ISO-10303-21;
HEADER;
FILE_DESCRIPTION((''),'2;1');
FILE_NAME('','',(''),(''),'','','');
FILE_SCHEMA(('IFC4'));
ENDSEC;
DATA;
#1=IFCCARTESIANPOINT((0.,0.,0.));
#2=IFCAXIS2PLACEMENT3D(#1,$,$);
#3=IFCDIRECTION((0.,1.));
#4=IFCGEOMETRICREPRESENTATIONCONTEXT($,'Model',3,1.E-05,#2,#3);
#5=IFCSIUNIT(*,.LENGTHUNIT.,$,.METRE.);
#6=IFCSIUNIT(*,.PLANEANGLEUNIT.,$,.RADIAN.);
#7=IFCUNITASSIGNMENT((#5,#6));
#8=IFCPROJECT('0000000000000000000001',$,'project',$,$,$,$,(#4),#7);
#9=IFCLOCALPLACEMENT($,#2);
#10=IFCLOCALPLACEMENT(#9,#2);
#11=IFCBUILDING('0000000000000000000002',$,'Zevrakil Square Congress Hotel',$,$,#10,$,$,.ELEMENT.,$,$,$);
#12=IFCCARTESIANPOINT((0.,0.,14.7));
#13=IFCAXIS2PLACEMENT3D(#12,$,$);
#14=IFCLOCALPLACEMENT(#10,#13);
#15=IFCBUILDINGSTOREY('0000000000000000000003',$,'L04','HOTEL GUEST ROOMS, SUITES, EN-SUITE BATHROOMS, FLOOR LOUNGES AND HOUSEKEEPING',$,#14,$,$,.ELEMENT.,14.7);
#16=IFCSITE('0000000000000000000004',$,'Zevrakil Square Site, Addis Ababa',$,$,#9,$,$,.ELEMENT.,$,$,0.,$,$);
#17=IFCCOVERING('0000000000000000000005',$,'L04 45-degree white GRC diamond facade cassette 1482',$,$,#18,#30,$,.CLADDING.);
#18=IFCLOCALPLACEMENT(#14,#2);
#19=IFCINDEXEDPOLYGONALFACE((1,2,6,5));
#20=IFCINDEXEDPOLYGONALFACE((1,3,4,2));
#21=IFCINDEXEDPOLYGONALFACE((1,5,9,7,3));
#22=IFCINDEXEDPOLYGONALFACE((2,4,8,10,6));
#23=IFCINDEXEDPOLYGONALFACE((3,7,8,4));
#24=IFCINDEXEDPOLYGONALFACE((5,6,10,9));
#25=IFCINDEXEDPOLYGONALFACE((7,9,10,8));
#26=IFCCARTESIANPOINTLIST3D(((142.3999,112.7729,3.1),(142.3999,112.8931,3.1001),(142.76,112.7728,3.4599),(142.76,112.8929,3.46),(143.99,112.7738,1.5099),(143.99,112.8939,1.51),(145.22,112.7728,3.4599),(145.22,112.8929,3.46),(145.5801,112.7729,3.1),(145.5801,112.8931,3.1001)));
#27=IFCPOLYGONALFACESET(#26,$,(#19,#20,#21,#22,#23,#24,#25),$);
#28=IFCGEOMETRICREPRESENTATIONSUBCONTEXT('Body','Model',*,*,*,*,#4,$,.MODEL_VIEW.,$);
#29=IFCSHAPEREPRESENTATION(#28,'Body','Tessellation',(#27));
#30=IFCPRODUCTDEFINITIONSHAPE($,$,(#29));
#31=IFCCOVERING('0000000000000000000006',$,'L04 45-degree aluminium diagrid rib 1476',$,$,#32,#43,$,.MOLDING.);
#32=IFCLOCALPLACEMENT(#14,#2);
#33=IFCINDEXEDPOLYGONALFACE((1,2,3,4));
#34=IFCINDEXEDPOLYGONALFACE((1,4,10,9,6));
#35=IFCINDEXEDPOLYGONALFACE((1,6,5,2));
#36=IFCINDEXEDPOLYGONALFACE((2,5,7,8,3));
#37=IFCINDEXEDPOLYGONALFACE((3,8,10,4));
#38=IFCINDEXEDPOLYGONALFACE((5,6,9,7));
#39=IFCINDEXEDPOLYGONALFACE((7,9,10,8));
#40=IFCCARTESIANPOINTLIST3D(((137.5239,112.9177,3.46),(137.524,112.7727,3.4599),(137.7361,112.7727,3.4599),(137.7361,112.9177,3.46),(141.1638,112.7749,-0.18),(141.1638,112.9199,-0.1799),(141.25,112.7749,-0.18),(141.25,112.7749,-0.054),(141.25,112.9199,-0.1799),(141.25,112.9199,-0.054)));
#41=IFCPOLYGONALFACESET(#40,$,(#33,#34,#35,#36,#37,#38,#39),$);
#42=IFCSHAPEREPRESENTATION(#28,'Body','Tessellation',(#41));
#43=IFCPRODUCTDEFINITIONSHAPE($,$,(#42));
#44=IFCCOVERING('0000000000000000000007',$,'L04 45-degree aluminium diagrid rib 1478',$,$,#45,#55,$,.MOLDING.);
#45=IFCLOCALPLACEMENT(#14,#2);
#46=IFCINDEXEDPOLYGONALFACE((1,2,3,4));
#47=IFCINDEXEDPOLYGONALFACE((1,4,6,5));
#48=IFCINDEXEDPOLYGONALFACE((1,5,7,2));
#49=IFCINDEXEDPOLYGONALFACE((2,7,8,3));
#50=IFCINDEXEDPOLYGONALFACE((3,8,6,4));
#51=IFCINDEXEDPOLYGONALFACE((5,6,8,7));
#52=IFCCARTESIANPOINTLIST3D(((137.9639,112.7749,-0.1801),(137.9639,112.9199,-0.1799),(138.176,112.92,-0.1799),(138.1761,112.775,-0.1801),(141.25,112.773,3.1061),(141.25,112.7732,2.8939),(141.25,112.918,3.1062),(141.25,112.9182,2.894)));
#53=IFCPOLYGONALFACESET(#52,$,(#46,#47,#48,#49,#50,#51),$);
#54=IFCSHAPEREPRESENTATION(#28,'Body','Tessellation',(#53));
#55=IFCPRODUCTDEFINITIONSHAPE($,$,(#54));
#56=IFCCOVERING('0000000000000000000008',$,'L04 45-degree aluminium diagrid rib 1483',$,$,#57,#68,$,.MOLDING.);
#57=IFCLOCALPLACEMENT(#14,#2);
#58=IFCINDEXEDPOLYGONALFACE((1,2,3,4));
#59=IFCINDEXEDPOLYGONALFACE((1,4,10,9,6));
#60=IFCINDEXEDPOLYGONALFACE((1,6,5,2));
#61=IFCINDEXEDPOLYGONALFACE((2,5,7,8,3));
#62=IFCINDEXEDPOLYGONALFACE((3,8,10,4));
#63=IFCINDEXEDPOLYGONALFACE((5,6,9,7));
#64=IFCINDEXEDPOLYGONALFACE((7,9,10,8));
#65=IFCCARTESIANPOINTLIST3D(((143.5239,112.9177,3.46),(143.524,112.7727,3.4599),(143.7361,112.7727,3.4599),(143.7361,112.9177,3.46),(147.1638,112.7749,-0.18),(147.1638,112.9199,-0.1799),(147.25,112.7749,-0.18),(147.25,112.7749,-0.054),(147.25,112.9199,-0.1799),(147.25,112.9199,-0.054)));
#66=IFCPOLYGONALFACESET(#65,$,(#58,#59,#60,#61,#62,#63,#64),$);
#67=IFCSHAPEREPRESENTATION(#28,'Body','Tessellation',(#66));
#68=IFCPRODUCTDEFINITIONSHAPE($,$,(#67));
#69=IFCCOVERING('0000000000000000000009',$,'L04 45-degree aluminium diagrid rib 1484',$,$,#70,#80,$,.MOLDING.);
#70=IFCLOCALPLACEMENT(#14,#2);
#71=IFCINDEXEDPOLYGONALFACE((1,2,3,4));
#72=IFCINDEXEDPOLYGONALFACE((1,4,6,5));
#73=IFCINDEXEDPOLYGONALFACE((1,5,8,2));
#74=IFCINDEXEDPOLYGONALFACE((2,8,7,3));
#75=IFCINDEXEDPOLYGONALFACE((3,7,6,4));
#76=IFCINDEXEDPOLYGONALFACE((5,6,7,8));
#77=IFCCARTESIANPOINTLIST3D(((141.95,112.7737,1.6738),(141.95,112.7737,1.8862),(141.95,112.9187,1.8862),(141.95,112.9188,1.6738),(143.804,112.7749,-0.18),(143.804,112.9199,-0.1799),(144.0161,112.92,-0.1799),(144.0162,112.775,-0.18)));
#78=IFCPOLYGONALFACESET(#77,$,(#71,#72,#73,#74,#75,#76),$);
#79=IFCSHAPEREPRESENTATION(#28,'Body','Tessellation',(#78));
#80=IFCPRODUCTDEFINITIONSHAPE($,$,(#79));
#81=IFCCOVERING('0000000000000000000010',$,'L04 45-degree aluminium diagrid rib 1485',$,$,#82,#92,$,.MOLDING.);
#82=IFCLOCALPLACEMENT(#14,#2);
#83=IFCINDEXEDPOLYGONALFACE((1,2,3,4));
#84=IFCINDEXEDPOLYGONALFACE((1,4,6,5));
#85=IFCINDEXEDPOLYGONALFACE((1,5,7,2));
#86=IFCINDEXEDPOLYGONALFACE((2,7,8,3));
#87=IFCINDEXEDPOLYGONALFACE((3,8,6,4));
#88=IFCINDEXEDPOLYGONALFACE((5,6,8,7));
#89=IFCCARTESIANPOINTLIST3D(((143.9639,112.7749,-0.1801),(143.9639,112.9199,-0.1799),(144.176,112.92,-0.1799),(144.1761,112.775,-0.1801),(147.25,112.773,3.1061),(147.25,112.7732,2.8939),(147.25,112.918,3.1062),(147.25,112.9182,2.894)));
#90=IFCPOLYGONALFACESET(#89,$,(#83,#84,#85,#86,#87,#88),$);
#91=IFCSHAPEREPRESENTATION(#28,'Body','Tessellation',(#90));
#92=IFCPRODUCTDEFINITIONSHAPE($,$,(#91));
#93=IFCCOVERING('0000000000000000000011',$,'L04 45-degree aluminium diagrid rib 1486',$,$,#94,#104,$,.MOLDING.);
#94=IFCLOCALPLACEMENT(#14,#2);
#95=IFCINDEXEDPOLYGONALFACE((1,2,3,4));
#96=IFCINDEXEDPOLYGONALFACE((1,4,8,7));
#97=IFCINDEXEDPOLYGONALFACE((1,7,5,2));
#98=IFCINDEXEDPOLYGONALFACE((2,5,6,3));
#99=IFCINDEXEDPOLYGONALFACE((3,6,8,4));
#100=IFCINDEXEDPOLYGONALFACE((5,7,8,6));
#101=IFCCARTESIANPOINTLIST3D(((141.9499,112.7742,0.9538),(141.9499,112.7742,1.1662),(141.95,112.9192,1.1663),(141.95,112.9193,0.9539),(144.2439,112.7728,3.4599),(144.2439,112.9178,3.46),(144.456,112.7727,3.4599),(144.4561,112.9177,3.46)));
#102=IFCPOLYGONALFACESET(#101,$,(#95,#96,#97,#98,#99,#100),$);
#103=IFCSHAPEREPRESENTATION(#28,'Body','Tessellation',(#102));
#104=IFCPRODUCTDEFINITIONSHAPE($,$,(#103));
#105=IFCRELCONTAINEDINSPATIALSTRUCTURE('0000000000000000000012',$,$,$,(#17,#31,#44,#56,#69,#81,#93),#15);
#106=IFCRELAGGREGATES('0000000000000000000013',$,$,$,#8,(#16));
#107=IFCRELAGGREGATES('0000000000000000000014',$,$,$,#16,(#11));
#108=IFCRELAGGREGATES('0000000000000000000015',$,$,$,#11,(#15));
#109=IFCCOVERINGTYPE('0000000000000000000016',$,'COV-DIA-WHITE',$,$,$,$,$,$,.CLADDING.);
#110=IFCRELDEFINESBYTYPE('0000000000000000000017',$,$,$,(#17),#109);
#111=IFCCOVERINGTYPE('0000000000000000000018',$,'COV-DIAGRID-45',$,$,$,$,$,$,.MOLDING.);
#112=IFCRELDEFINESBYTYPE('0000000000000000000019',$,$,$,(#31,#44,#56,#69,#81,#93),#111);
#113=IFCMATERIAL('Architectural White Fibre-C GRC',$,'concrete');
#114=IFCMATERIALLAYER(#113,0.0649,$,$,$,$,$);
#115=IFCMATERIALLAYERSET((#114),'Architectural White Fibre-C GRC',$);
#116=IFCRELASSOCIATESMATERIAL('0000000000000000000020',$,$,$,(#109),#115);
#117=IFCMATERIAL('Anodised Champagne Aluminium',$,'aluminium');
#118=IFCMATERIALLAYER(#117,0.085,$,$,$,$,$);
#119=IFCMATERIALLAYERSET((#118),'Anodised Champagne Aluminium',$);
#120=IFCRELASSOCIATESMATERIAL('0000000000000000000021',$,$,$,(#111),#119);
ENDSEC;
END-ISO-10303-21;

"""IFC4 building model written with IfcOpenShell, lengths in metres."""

from ifc_helpers import new_model, si_unit, direction, frame, origin, place, context, subcontext, project, spatial, polyline, outline, extrude, material, layer, layer_set, type_object, element, save


model = new_model("IFC4")

# Units and contexts
model_context = context("Model", 3, precision=1e-05, world=origin(), true_north=direction((0.0, 1.0)))
body_context = subcontext(model_context, "Body", "Model", "MODEL_VIEW")
ifc_project = project(units=[si_unit("LENGTHUNIT", "METRE"), si_unit("PLANEANGLEUNIT", "RADIAN")], contexts=[model_context])

# Site, building, storey
site_placement = place(None, origin())
site = spatial("IfcSite", under=ifc_project, at=site_placement, Name="Zevrakil Square Site, Addis Ababa", CompositionType="ELEMENT", RefElevation=0.0)
building_placement = place(site_placement, origin())
building = spatial("IfcBuilding", under=site, at=building_placement, Name="Zevrakil Square Congress Hotel", CompositionType="ELEMENT")
storey_placement = place(building_placement, frame((0.0, 0.0, 14.7)))
storey = spatial("IfcBuildingStorey", under=building, at=storey_placement, Name="L04", Description="HOTEL GUEST ROOMS, SUITES, EN-SUITE BATHROOMS, FLOOR LOUNGES AND HOUSEKEEPING", CompositionType="ELEMENT", Elevation=14.7)

# Coverings
ifc_material_1 = material(Name="Architectural White Fibre-C GRC", Category="concrete")
ifc_layer_1 = layer(ifc_material_1, 0.0649)
ifc_layer_set_1 = layer_set([ifc_layer_1], Name="Architectural White Fibre-C GRC")
covering_type_1 = type_object("IfcCoveringType", Name="COV-DIA-WHITE", PredefinedType="CLADDING", material=ifc_layer_set_1)
covering_1_placement = place(storey_placement, frame((142.3999, 112.8931, 3.1001), z_axis=(0.0, 1.0, 0.000523), x_axis=(0.707107, 0.00037, -0.707107)))
element("IfcCovering", 1, at=covering_1_placement, inside=storey, type_object=covering_type_1, Name="L04 45-degree white GRC diamond facade cassette 1482", PredefinedType="CLADDING", context=body_context, shape_type="SweptSolid", body=[
    extrude(outline(polyline([(0.0, 0.0), (2.2487, 0.0), (2.2487, -2.2487), (1.7396, -2.2486), (0.0002, -0.5091), (0.0, 0.0)])), origin(), (0.0, 0.0, -1.0), 0.1201),
])
ifc_material_2 = material(Name="Anodised Champagne Aluminium", Category="aluminium")
ifc_layer_2 = layer(ifc_material_2, 0.085)
ifc_layer_set_2 = layer_set([ifc_layer_2], Name="Anodised Champagne Aluminium")
covering_type_2 = type_object("IfcCoveringType", Name="COV-DIAGRID-45", PredefinedType="MOLDING", material=ifc_layer_set_2)
covering_2_placement = place(storey_placement, frame((141.1638, 112.9199, -0.1799), z_axis=(-0.000181, 1.0, 0.000429), x_axis=(1.0, 0.000181, 0.0)))
element("IfcCovering", 2, at=covering_2_placement, inside=storey, type_object=covering_type_2, Name="L04 45-degree aluminium diagrid rib 1476", PredefinedType="MOLDING", context=body_context, shape_type="SweptSolid", body=[
    extrude(outline(polyline([(0.0, 0.0), (0.0862, 0.0), (0.0862, -0.126), (-3.4277, -3.6399), (-3.6399, -3.6399), (0.0, 0.0)])), origin(), (0.0, 0.0, -1.0), 0.145),
])
covering_3_placement = place(storey_placement, frame((141.25, 112.9182, 2.894), z_axis=(-0.000287, 1.0, 0.000863), x_axis=(0.0, -0.000863, 1.0)))
element("IfcCovering", 3, at=covering_3_placement, inside=storey, type_object=covering_type_2, Name="L04 45-degree aluminium diagrid rib 1478", PredefinedType="MOLDING", context=body_context, shape_type="SweptSolid", body=[
    extrude(outline(polyline([(0.0, 0.0), (0.2122, 0.0), (-3.074, -3.2861), (-3.074, -3.074), (0.0, 0.0)])), origin(), (0.0, 0.0, -1.0), 0.145),
])
covering_4_placement = place(storey_placement, frame((147.1638, 112.9199, -0.1799), z_axis=(-0.000181, 1.0, 0.000429), x_axis=(1.0, 0.000181, 0.0)))
element("IfcCovering", 4, at=covering_4_placement, inside=storey, type_object=covering_type_2, Name="L04 45-degree aluminium diagrid rib 1483", PredefinedType="MOLDING", context=body_context, shape_type="SweptSolid", body=[
    extrude(outline(polyline([(0.0, 0.0), (0.0862, 0.0), (0.0862, -0.126), (-3.4277, -3.6399), (-3.6399, -3.6399), (0.0, 0.0)])), origin(), (0.0, 0.0, -1.0), 0.145),
])
covering_5_placement = place(storey_placement, frame((143.804, 112.9199, -0.1799), z_axis=(-0.000312, 1.0, 0.000311), x_axis=(1.0, 0.000312, 0.0)))
element("IfcCovering", 5, at=covering_5_placement, inside=storey, type_object=covering_type_2, Name="L04 45-degree aluminium diagrid rib 1484", PredefinedType="MOLDING", context=body_context, shape_type="SweptSolid", body=[
    extrude(outline(polyline([(0.0, 0.0), (0.2122, 0.0), (-1.854, -2.0662), (-1.854, -1.8538), (0.0, 0.0)])), origin(), (0.0, 0.0, -1.0), 0.145),
])
covering_6_placement = place(storey_placement, frame((147.25, 112.9182, 2.894), z_axis=(-0.000287, 1.0, 0.000863), x_axis=(0.0, -0.000863, 1.0)))
element("IfcCovering", 6, at=covering_6_placement, inside=storey, type_object=covering_type_2, Name="L04 45-degree aluminium diagrid rib 1485", PredefinedType="MOLDING", context=body_context, shape_type="SweptSolid", body=[
    extrude(outline(polyline([(0.0, 0.0), (0.2122, 0.0), (-3.074, -3.2861), (-3.074, -3.074), (0.0, 0.0)])), origin(), (0.0, 0.0, -1.0), 0.145),
])
covering_7_placement = place(storey_placement, frame((144.4561, 112.9177, 3.46), z_axis=(0.000305, 1.0, 0.000305), x_axis=(-1.0, 0.000305, 0.0)))
element("IfcCovering", 7, at=covering_7_placement, inside=storey, type_object=covering_type_2, Name="L04 45-degree aluminium diagrid rib 1486", PredefinedType="MOLDING", context=body_context, shape_type="SweptSolid", body=[
    extrude(outline(polyline([(0.0, 0.0), (0.2122, 0.0), (2.5061, -2.2937), (2.5061, -2.5061), (0.0, 0.0)])), origin(), (0.0, 0.0, -1.0), 0.145),
])

save(model, "model.ifc")
